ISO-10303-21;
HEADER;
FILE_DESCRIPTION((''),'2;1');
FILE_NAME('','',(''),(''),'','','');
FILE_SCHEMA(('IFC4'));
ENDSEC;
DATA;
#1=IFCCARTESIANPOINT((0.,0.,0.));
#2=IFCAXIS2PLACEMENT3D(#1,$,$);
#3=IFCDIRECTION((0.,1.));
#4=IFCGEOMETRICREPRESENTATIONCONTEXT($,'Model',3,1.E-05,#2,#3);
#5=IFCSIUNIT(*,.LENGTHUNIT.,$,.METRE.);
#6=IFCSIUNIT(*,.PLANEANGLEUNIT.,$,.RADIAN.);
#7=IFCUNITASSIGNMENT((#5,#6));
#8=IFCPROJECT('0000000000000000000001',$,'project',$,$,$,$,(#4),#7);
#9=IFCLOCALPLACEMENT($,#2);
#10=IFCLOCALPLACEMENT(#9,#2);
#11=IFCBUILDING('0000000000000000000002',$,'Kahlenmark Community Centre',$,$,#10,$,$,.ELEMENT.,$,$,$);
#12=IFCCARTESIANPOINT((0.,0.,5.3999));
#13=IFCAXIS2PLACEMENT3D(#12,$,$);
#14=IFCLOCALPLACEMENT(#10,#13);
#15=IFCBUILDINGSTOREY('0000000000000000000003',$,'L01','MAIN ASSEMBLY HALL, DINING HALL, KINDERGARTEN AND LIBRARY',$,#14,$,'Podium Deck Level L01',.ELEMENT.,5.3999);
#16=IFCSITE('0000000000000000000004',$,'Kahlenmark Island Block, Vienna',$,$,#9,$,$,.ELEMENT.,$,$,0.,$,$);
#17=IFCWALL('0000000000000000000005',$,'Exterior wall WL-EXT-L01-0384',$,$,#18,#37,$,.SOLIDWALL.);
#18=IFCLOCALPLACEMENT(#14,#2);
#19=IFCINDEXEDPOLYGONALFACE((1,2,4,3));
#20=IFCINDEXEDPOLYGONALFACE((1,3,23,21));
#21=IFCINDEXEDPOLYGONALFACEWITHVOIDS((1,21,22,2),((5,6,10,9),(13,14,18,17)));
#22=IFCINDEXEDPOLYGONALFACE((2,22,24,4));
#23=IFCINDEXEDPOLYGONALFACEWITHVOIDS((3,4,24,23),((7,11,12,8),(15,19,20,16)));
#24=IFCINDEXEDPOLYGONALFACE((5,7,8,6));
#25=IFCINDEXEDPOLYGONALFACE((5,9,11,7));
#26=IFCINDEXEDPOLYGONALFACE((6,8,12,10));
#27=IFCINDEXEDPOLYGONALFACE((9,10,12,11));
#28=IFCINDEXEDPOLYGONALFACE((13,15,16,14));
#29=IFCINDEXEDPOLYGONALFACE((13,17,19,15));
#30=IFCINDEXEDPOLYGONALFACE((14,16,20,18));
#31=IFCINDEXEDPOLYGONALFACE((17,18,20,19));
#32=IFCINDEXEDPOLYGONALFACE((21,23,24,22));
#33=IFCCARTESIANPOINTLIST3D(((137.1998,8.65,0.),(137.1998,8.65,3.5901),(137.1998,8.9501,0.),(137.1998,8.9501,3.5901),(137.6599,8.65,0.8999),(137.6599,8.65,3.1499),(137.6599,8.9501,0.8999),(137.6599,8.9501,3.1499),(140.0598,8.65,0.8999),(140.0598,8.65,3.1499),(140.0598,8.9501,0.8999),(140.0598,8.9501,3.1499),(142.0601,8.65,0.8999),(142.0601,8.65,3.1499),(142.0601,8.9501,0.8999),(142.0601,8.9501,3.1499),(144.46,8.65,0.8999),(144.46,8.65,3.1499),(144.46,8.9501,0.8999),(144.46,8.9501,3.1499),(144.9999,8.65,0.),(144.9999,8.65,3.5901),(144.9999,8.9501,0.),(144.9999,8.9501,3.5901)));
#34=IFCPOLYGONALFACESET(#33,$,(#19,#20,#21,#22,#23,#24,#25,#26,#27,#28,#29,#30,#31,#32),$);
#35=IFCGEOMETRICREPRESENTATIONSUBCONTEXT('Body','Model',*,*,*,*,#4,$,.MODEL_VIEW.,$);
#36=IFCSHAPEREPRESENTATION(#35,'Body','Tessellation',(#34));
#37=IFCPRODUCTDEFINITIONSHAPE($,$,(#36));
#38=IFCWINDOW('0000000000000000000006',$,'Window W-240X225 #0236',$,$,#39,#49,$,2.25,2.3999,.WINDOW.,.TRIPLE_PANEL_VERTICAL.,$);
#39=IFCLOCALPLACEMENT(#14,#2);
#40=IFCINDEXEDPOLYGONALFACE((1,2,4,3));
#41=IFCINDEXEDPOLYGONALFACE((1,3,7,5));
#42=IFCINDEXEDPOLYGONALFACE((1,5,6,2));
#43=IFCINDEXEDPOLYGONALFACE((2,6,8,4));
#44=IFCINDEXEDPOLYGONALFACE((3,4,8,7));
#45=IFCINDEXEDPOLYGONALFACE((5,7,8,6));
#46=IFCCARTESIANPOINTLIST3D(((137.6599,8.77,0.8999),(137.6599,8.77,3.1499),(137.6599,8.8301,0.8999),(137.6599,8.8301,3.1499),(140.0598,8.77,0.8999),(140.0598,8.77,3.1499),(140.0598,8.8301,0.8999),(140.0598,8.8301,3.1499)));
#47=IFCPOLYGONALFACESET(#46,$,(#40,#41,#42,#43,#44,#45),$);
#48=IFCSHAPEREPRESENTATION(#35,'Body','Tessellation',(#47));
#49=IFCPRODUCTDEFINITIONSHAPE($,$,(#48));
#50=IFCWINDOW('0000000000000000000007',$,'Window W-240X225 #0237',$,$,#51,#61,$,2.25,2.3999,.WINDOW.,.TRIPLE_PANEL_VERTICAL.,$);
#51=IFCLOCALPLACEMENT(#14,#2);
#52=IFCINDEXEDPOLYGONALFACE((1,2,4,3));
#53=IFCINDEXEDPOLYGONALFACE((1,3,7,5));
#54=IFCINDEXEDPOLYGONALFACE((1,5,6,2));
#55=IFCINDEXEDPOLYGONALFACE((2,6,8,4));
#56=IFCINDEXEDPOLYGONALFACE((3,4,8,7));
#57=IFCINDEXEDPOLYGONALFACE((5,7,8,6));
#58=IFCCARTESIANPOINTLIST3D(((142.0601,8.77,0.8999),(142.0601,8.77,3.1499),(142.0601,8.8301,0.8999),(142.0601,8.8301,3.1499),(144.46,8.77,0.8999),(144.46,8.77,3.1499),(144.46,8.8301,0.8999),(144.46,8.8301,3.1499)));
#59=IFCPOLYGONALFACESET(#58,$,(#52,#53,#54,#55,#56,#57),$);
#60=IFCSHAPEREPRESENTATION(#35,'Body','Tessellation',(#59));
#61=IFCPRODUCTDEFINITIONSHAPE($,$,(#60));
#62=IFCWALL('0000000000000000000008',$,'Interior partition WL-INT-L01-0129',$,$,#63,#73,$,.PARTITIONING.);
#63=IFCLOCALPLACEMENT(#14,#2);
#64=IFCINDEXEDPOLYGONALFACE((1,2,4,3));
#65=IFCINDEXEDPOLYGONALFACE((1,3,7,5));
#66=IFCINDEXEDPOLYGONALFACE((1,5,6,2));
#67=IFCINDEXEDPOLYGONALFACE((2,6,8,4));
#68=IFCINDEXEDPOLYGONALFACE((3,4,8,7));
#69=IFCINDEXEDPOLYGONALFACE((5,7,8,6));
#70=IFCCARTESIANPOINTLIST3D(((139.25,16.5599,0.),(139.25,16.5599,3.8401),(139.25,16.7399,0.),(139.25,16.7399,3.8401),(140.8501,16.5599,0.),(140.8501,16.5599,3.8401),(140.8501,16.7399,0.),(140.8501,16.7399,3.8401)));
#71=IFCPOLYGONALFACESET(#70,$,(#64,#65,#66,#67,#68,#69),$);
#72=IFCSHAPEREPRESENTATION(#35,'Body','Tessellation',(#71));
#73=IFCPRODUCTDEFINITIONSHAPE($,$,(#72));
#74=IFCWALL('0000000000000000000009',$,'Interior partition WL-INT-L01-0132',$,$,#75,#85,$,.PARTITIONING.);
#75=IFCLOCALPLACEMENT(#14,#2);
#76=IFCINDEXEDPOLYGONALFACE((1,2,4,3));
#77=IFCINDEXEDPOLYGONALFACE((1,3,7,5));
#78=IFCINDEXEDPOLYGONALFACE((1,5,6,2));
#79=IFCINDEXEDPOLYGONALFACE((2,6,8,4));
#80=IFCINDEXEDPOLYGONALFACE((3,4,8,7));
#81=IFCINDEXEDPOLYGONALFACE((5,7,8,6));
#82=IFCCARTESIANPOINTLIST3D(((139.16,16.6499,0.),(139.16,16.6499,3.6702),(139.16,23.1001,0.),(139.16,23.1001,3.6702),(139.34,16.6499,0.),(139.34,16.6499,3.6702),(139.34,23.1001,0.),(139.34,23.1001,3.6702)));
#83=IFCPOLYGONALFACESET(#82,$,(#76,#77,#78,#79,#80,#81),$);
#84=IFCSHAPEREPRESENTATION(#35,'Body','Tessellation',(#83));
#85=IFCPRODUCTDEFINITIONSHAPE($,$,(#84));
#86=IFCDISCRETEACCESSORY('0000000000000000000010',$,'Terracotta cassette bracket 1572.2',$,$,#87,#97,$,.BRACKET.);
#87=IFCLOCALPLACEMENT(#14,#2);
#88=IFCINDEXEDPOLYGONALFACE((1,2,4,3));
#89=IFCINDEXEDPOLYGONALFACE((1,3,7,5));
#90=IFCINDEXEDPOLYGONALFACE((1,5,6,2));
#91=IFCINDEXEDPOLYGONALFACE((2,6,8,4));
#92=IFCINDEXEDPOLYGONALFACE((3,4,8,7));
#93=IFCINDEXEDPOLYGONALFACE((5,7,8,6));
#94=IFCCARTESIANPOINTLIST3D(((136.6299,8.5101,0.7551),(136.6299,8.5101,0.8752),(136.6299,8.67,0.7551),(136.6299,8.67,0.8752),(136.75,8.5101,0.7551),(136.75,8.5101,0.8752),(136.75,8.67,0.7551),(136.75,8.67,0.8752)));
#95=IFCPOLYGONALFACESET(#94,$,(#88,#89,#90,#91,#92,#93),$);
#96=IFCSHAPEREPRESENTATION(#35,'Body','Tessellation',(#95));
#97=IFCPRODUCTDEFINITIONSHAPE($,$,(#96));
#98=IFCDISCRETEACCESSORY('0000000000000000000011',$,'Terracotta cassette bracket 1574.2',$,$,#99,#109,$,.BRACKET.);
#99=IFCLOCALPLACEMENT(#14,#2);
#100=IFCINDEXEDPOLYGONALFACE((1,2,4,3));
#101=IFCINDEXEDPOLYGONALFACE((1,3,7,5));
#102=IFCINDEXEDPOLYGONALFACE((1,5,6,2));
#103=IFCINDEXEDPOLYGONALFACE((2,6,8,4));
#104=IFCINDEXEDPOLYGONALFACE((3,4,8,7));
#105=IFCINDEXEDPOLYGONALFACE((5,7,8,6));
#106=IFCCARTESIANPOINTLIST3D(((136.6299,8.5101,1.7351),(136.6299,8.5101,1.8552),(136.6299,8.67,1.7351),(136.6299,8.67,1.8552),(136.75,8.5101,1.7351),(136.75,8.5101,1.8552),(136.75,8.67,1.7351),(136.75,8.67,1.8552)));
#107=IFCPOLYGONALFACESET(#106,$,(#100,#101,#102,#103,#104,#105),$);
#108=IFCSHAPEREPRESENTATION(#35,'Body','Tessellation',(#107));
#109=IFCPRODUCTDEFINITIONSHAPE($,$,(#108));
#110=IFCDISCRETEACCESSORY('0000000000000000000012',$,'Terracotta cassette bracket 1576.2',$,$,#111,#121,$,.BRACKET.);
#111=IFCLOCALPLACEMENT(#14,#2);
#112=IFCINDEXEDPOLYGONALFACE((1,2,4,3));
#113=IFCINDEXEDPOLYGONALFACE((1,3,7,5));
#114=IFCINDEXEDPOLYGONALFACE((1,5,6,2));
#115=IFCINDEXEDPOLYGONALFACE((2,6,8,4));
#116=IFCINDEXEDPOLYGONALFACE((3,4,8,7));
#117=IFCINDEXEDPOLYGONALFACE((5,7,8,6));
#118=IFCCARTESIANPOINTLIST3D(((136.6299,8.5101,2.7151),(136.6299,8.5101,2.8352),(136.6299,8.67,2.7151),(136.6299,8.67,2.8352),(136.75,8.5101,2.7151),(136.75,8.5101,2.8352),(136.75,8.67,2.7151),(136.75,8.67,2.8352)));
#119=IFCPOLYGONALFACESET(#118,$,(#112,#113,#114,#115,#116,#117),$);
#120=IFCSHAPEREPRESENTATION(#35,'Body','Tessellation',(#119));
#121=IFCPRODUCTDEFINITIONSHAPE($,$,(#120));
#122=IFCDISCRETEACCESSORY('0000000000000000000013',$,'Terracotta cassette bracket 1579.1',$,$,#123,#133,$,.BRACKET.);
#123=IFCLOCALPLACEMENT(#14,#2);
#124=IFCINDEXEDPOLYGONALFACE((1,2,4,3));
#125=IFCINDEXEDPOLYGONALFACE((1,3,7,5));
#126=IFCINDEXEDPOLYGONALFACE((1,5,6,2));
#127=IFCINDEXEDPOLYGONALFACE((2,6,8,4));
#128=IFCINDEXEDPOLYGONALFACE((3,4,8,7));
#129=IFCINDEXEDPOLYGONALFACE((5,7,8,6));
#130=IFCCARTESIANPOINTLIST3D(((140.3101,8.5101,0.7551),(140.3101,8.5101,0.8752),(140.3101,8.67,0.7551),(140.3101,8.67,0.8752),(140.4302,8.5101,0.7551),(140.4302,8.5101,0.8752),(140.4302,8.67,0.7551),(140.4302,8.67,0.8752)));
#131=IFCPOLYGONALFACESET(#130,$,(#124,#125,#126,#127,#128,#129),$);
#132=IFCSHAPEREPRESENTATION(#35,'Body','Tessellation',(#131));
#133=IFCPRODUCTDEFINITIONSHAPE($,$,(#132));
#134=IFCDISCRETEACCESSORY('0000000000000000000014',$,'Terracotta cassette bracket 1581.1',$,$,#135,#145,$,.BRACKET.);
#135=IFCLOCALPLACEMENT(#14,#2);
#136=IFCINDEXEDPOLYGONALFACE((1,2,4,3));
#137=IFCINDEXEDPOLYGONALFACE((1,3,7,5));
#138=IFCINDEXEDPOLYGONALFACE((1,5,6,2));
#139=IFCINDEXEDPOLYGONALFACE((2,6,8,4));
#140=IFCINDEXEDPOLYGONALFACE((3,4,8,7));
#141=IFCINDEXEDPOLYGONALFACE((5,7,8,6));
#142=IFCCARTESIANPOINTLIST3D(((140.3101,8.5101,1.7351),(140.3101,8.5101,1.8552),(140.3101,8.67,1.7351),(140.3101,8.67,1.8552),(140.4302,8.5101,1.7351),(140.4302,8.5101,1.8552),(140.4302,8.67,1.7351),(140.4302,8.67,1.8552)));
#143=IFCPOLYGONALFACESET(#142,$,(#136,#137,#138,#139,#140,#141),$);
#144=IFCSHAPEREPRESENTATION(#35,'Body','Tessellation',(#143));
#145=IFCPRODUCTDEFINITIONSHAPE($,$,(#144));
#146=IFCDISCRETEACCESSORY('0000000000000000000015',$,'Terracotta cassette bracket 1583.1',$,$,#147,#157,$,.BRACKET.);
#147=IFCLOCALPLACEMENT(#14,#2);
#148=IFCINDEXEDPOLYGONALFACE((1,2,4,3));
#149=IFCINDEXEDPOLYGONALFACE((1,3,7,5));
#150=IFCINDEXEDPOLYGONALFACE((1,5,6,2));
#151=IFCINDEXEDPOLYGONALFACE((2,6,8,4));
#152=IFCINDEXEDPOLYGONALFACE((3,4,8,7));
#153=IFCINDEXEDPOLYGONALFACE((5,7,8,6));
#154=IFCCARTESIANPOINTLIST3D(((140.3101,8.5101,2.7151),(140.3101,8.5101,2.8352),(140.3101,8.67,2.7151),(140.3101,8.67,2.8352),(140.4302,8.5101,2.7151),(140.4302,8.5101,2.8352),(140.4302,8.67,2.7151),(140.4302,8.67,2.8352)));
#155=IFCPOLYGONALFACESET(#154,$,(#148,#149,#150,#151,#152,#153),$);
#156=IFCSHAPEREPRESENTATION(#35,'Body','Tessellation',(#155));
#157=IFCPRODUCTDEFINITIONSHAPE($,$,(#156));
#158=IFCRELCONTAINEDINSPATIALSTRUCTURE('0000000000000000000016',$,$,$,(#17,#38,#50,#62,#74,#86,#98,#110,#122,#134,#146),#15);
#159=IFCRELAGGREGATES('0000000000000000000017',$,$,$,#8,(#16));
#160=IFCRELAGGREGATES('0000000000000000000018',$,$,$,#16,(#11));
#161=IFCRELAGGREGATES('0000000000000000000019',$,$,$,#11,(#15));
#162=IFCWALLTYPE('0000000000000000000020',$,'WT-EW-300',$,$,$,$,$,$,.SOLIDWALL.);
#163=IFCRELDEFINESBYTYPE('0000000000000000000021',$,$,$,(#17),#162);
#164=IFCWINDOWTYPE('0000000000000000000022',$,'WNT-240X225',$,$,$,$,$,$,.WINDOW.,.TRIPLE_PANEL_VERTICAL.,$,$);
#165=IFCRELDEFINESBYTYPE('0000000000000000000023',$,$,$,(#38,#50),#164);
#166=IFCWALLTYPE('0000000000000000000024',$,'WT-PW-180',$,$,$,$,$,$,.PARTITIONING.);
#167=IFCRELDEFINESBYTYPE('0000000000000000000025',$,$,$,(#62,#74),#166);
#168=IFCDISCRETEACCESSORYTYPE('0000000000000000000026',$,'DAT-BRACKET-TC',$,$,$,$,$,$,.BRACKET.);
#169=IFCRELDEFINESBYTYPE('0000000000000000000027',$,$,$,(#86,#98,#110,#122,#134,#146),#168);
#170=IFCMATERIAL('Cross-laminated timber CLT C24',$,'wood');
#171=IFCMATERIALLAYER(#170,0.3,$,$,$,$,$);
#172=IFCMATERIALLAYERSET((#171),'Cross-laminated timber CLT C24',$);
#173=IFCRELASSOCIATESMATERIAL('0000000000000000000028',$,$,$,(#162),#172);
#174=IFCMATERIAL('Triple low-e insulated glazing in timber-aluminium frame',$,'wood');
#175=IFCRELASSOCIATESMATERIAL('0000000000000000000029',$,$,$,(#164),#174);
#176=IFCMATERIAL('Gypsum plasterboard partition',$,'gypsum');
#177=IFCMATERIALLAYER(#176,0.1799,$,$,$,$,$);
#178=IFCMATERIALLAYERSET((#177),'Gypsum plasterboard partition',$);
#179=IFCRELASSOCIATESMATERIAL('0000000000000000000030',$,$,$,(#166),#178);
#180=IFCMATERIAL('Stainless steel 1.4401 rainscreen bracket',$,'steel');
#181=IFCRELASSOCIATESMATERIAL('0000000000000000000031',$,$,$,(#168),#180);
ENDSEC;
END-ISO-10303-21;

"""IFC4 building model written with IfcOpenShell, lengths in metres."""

from ifc_helpers import new_model, si_unit, direction, frame, frame_2d, origin, origin_2d, place, context, subcontext, project, spatial, rectangle, extrude, material, layer, layer_set, type_object, element, fill, save


model = new_model("IFC4")

# Units and contexts
model_context = context("Model", 3, precision=1e-05, world=origin(), true_north=direction((0.0, 1.0)))
body_context = subcontext(model_context, "Body", "Model", "MODEL_VIEW")
ifc_project = project(units=[si_unit("LENGTHUNIT", "METRE"), si_unit("PLANEANGLEUNIT", "RADIAN")], contexts=[model_context])

# Site, building, storey
site_placement = place(None, origin())
site = spatial("IfcSite", under=ifc_project, at=site_placement, Name="Kahlenmark Island Block, Vienna", CompositionType="ELEMENT", RefElevation=0.0)
building_placement = place(site_placement, origin())
building = spatial("IfcBuilding", under=site, at=building_placement, Name="Kahlenmark Community Centre", CompositionType="ELEMENT")
storey_placement = place(building_placement, frame((0.0, 0.0, 5.3999)))
storey = spatial("IfcBuildingStorey", under=building, at=storey_placement, Name="L01", Description="MAIN ASSEMBLY HALL, DINING HALL, KINDERGARTEN AND LIBRARY", LongName="Podium Deck Level L01", CompositionType="ELEMENT", Elevation=5.3999)

# Wall, openings, windows
ifc_material_1 = material(Name="Cross-laminated timber CLT C24", Category="wood")
ifc_layer_1 = layer(ifc_material_1, 0.3)
ifc_layer_set_1 = layer_set([ifc_layer_1], Name="Cross-laminated timber CLT C24")
wall_type_1 = type_object("IfcWallType", Name="WT-EW-300", PredefinedType="SOLIDWALL", material=ifc_layer_set_1)
wall_1_placement = place(storey_placement, frame((137.2, 8.8, 0.0), z_axis=(0.0, 0.0, 1.0), x_axis=(1.0, 0.0, 0.0)))
wall_1 = element("IfcWall", 1, at=wall_1_placement, inside=storey, type_object=wall_type_1, Name="Exterior wall WL-EXT-L01-0384", PredefinedType="SOLIDWALL", context=body_context, shape_type="SweptSolid", body=[
    extrude(rectangle(XDim=7.8, YDim=0.3, at=frame_2d((3.8999, 0.0))), origin(), (0.0, 0.0, 1.0), 3.5901),
])
opening_1_placement = place(wall_1_placement, frame((0.46, 0.0, 0.8999)))
opening_1 = element("IfcOpeningElement", 2, at=opening_1_placement, cuts=wall_1, PredefinedType="OPENING", context=body_context, shape_type="SweptSolid", body=[
    extrude(rectangle(XDim=2.3999, YDim=2.25, at=frame_2d((1.2, 1.125))), frame((0.0, 0.1599, 0.0), z_axis=(0.0, -1.0, 0.0), x_axis=(1.0, 0.0, 0.0)), (0.0, 0.0, 1.0), 0.3201),
])
opening_2_placement = place(wall_1_placement, frame((4.8601, 0.0, 0.8999)))
opening_2 = element("IfcOpeningElement", 3, at=opening_2_placement, cuts=wall_1, PredefinedType="OPENING", context=body_context, shape_type="SweptSolid", body=[
    extrude(rectangle(XDim=2.3999, YDim=2.25, at=frame_2d((1.2, 1.125))), frame((0.0, 0.1599, 0.0), z_axis=(0.0, -1.0, 0.0), x_axis=(1.0, 0.0, 0.0)), (0.0, 0.0, 1.0), 0.3201),
])
ifc_material_2 = material(Name="Triple low-e insulated glazing in timber-aluminium frame", Category="wood")
window_type = type_object("IfcWindowType", Name="WNT-240X225", PartitioningType="TRIPLE_PANEL_VERTICAL", PredefinedType="WINDOW", material=ifc_material_2)
window_1_placement = place(opening_1_placement, origin())
window_1 = element("IfcWindow", 4, at=window_1_placement, inside=storey, type_object=window_type, Name="Window W-240X225 #0236", OverallHeight=2.25, OverallWidth=2.3999, PartitioningType="TRIPLE_PANEL_VERTICAL", PredefinedType="WINDOW", context=body_context, shape_type="SweptSolid", body=[
    extrude(rectangle(XDim=2.3999, YDim=2.25, at=frame_2d((1.2, 1.125))), frame((0.0, 0.03, 0.0), z_axis=(0.0, -1.0, 0.0), x_axis=(1.0, 0.0, 0.0)), (0.0, 0.0, 1.0), 0.0601),
])
fill(opening_1, window_1)
window_2_placement = place(opening_2_placement, origin())
window_2 = element("IfcWindow", 5, at=window_2_placement, inside=storey, type_object=window_type, Name="Window W-240X225 #0237", OverallHeight=2.25, OverallWidth=2.3999, PartitioningType="TRIPLE_PANEL_VERTICAL", PredefinedType="WINDOW", context=body_context, shape_type="SweptSolid", body=[
    extrude(rectangle(XDim=2.3999, YDim=2.25, at=frame_2d((1.2, 1.125))), frame((0.0, 0.03, 0.0), z_axis=(0.0, -1.0, 0.0), x_axis=(1.0, 0.0, 0.0)), (0.0, 0.0, 1.0), 0.0601),
])
fill(opening_2, window_2)

# Walls
ifc_material_3 = material(Name="Gypsum plasterboard partition", Category="gypsum")
ifc_layer_2 = layer(ifc_material_3, 0.1799)
ifc_layer_set_2 = layer_set([ifc_layer_2], Name="Gypsum plasterboard partition")
wall_type_2 = type_object("IfcWallType", Name="WT-PW-180", PredefinedType="PARTITIONING", material=ifc_layer_set_2)
wall_2_placement = place(storey_placement, frame((139.25, 16.6499, 0.0), z_axis=(0.0, 0.0, 1.0), x_axis=(1.0, 0.0, 0.0)))
element("IfcWall", 6, at=wall_2_placement, inside=storey, type_object=wall_type_2, Name="Interior partition WL-INT-L01-0129", PredefinedType="PARTITIONING", context=body_context, shape_type="SweptSolid", body=[
    extrude(rectangle(XDim=1.6001, YDim=0.1799, at=frame_2d((0.8, 0.0))), origin(), (0.0, 0.0, 1.0), 3.8401),
])
wall_3_placement = place(storey_placement, frame((139.25, 16.6499, 0.0), z_axis=(0.0, 0.0, 1.0), x_axis=(0.0, 1.0, 0.0)))
element("IfcWall", 7, at=wall_3_placement, inside=storey, type_object=wall_type_2, Name="Interior partition WL-INT-L01-0132", PredefinedType="PARTITIONING", context=body_context, shape_type="SweptSolid", body=[
    extrude(rectangle(XDim=6.4502, YDim=0.1799, at=frame_2d((3.2251, 0.0))), origin(), (0.0, 0.0, 1.0), 3.6702),
])

# Discrete accessories
ifc_material_4 = material(Name="Stainless steel 1.4401 rainscreen bracket", Category="steel")
discrete_accessory_type = type_object("IfcDiscreteAccessoryType", Name="DAT-BRACKET-TC", PredefinedType="BRACKET", material=ifc_material_4)
for number, where, z_axis, x_axis, name in (
    (8, (136.6899, 8.5901, 0.7551), (0.0, 0.0, 1.0), (1.0, 0.0, 0.0), "Terracotta cassette bracket 1572.2"),
    (9, (136.6899, 8.5901, 1.7351), (0.0, 0.0, 1.0), (1.0, 0.0, 0.0), "Terracotta cassette bracket 1574.2"),
    (10, (136.6899, 8.5901, 2.7151), (0.0, 0.0, 1.0), (1.0, 0.0, 0.0), "Terracotta cassette bracket 1576.2"),
    (11, (140.3701, 8.5901, 0.7551), (0.0, 0.0, 1.0), (1.0, 0.0, 0.0), "Terracotta cassette bracket 1579.1"),
    (12, (140.3701, 8.5901, 1.7351), (0.0, 0.0, 1.0), (1.0, 0.0, 0.0), "Terracotta cassette bracket 1581.1"),
    (13, (140.3701, 8.5901, 2.7151), (0.0, 0.0, 1.0), (1.0, 0.0, 0.0), "Terracotta cassette bracket 1583.1"),
):
    element("IfcDiscreteAccessory", number, at=place(storey_placement, frame(where, z_axis=z_axis, x_axis=x_axis)), inside=storey, type_object=discrete_accessory_type, Name=name, PredefinedType="BRACKET", context=body_context, shape_type="SweptSolid", body=[
        extrude(rectangle(XDim=0.1201, YDim=0.1599, at=origin_2d()), origin(), (0.0, 0.0, 1.0), 0.1201),
    ])

save(model, "model.ifc")
